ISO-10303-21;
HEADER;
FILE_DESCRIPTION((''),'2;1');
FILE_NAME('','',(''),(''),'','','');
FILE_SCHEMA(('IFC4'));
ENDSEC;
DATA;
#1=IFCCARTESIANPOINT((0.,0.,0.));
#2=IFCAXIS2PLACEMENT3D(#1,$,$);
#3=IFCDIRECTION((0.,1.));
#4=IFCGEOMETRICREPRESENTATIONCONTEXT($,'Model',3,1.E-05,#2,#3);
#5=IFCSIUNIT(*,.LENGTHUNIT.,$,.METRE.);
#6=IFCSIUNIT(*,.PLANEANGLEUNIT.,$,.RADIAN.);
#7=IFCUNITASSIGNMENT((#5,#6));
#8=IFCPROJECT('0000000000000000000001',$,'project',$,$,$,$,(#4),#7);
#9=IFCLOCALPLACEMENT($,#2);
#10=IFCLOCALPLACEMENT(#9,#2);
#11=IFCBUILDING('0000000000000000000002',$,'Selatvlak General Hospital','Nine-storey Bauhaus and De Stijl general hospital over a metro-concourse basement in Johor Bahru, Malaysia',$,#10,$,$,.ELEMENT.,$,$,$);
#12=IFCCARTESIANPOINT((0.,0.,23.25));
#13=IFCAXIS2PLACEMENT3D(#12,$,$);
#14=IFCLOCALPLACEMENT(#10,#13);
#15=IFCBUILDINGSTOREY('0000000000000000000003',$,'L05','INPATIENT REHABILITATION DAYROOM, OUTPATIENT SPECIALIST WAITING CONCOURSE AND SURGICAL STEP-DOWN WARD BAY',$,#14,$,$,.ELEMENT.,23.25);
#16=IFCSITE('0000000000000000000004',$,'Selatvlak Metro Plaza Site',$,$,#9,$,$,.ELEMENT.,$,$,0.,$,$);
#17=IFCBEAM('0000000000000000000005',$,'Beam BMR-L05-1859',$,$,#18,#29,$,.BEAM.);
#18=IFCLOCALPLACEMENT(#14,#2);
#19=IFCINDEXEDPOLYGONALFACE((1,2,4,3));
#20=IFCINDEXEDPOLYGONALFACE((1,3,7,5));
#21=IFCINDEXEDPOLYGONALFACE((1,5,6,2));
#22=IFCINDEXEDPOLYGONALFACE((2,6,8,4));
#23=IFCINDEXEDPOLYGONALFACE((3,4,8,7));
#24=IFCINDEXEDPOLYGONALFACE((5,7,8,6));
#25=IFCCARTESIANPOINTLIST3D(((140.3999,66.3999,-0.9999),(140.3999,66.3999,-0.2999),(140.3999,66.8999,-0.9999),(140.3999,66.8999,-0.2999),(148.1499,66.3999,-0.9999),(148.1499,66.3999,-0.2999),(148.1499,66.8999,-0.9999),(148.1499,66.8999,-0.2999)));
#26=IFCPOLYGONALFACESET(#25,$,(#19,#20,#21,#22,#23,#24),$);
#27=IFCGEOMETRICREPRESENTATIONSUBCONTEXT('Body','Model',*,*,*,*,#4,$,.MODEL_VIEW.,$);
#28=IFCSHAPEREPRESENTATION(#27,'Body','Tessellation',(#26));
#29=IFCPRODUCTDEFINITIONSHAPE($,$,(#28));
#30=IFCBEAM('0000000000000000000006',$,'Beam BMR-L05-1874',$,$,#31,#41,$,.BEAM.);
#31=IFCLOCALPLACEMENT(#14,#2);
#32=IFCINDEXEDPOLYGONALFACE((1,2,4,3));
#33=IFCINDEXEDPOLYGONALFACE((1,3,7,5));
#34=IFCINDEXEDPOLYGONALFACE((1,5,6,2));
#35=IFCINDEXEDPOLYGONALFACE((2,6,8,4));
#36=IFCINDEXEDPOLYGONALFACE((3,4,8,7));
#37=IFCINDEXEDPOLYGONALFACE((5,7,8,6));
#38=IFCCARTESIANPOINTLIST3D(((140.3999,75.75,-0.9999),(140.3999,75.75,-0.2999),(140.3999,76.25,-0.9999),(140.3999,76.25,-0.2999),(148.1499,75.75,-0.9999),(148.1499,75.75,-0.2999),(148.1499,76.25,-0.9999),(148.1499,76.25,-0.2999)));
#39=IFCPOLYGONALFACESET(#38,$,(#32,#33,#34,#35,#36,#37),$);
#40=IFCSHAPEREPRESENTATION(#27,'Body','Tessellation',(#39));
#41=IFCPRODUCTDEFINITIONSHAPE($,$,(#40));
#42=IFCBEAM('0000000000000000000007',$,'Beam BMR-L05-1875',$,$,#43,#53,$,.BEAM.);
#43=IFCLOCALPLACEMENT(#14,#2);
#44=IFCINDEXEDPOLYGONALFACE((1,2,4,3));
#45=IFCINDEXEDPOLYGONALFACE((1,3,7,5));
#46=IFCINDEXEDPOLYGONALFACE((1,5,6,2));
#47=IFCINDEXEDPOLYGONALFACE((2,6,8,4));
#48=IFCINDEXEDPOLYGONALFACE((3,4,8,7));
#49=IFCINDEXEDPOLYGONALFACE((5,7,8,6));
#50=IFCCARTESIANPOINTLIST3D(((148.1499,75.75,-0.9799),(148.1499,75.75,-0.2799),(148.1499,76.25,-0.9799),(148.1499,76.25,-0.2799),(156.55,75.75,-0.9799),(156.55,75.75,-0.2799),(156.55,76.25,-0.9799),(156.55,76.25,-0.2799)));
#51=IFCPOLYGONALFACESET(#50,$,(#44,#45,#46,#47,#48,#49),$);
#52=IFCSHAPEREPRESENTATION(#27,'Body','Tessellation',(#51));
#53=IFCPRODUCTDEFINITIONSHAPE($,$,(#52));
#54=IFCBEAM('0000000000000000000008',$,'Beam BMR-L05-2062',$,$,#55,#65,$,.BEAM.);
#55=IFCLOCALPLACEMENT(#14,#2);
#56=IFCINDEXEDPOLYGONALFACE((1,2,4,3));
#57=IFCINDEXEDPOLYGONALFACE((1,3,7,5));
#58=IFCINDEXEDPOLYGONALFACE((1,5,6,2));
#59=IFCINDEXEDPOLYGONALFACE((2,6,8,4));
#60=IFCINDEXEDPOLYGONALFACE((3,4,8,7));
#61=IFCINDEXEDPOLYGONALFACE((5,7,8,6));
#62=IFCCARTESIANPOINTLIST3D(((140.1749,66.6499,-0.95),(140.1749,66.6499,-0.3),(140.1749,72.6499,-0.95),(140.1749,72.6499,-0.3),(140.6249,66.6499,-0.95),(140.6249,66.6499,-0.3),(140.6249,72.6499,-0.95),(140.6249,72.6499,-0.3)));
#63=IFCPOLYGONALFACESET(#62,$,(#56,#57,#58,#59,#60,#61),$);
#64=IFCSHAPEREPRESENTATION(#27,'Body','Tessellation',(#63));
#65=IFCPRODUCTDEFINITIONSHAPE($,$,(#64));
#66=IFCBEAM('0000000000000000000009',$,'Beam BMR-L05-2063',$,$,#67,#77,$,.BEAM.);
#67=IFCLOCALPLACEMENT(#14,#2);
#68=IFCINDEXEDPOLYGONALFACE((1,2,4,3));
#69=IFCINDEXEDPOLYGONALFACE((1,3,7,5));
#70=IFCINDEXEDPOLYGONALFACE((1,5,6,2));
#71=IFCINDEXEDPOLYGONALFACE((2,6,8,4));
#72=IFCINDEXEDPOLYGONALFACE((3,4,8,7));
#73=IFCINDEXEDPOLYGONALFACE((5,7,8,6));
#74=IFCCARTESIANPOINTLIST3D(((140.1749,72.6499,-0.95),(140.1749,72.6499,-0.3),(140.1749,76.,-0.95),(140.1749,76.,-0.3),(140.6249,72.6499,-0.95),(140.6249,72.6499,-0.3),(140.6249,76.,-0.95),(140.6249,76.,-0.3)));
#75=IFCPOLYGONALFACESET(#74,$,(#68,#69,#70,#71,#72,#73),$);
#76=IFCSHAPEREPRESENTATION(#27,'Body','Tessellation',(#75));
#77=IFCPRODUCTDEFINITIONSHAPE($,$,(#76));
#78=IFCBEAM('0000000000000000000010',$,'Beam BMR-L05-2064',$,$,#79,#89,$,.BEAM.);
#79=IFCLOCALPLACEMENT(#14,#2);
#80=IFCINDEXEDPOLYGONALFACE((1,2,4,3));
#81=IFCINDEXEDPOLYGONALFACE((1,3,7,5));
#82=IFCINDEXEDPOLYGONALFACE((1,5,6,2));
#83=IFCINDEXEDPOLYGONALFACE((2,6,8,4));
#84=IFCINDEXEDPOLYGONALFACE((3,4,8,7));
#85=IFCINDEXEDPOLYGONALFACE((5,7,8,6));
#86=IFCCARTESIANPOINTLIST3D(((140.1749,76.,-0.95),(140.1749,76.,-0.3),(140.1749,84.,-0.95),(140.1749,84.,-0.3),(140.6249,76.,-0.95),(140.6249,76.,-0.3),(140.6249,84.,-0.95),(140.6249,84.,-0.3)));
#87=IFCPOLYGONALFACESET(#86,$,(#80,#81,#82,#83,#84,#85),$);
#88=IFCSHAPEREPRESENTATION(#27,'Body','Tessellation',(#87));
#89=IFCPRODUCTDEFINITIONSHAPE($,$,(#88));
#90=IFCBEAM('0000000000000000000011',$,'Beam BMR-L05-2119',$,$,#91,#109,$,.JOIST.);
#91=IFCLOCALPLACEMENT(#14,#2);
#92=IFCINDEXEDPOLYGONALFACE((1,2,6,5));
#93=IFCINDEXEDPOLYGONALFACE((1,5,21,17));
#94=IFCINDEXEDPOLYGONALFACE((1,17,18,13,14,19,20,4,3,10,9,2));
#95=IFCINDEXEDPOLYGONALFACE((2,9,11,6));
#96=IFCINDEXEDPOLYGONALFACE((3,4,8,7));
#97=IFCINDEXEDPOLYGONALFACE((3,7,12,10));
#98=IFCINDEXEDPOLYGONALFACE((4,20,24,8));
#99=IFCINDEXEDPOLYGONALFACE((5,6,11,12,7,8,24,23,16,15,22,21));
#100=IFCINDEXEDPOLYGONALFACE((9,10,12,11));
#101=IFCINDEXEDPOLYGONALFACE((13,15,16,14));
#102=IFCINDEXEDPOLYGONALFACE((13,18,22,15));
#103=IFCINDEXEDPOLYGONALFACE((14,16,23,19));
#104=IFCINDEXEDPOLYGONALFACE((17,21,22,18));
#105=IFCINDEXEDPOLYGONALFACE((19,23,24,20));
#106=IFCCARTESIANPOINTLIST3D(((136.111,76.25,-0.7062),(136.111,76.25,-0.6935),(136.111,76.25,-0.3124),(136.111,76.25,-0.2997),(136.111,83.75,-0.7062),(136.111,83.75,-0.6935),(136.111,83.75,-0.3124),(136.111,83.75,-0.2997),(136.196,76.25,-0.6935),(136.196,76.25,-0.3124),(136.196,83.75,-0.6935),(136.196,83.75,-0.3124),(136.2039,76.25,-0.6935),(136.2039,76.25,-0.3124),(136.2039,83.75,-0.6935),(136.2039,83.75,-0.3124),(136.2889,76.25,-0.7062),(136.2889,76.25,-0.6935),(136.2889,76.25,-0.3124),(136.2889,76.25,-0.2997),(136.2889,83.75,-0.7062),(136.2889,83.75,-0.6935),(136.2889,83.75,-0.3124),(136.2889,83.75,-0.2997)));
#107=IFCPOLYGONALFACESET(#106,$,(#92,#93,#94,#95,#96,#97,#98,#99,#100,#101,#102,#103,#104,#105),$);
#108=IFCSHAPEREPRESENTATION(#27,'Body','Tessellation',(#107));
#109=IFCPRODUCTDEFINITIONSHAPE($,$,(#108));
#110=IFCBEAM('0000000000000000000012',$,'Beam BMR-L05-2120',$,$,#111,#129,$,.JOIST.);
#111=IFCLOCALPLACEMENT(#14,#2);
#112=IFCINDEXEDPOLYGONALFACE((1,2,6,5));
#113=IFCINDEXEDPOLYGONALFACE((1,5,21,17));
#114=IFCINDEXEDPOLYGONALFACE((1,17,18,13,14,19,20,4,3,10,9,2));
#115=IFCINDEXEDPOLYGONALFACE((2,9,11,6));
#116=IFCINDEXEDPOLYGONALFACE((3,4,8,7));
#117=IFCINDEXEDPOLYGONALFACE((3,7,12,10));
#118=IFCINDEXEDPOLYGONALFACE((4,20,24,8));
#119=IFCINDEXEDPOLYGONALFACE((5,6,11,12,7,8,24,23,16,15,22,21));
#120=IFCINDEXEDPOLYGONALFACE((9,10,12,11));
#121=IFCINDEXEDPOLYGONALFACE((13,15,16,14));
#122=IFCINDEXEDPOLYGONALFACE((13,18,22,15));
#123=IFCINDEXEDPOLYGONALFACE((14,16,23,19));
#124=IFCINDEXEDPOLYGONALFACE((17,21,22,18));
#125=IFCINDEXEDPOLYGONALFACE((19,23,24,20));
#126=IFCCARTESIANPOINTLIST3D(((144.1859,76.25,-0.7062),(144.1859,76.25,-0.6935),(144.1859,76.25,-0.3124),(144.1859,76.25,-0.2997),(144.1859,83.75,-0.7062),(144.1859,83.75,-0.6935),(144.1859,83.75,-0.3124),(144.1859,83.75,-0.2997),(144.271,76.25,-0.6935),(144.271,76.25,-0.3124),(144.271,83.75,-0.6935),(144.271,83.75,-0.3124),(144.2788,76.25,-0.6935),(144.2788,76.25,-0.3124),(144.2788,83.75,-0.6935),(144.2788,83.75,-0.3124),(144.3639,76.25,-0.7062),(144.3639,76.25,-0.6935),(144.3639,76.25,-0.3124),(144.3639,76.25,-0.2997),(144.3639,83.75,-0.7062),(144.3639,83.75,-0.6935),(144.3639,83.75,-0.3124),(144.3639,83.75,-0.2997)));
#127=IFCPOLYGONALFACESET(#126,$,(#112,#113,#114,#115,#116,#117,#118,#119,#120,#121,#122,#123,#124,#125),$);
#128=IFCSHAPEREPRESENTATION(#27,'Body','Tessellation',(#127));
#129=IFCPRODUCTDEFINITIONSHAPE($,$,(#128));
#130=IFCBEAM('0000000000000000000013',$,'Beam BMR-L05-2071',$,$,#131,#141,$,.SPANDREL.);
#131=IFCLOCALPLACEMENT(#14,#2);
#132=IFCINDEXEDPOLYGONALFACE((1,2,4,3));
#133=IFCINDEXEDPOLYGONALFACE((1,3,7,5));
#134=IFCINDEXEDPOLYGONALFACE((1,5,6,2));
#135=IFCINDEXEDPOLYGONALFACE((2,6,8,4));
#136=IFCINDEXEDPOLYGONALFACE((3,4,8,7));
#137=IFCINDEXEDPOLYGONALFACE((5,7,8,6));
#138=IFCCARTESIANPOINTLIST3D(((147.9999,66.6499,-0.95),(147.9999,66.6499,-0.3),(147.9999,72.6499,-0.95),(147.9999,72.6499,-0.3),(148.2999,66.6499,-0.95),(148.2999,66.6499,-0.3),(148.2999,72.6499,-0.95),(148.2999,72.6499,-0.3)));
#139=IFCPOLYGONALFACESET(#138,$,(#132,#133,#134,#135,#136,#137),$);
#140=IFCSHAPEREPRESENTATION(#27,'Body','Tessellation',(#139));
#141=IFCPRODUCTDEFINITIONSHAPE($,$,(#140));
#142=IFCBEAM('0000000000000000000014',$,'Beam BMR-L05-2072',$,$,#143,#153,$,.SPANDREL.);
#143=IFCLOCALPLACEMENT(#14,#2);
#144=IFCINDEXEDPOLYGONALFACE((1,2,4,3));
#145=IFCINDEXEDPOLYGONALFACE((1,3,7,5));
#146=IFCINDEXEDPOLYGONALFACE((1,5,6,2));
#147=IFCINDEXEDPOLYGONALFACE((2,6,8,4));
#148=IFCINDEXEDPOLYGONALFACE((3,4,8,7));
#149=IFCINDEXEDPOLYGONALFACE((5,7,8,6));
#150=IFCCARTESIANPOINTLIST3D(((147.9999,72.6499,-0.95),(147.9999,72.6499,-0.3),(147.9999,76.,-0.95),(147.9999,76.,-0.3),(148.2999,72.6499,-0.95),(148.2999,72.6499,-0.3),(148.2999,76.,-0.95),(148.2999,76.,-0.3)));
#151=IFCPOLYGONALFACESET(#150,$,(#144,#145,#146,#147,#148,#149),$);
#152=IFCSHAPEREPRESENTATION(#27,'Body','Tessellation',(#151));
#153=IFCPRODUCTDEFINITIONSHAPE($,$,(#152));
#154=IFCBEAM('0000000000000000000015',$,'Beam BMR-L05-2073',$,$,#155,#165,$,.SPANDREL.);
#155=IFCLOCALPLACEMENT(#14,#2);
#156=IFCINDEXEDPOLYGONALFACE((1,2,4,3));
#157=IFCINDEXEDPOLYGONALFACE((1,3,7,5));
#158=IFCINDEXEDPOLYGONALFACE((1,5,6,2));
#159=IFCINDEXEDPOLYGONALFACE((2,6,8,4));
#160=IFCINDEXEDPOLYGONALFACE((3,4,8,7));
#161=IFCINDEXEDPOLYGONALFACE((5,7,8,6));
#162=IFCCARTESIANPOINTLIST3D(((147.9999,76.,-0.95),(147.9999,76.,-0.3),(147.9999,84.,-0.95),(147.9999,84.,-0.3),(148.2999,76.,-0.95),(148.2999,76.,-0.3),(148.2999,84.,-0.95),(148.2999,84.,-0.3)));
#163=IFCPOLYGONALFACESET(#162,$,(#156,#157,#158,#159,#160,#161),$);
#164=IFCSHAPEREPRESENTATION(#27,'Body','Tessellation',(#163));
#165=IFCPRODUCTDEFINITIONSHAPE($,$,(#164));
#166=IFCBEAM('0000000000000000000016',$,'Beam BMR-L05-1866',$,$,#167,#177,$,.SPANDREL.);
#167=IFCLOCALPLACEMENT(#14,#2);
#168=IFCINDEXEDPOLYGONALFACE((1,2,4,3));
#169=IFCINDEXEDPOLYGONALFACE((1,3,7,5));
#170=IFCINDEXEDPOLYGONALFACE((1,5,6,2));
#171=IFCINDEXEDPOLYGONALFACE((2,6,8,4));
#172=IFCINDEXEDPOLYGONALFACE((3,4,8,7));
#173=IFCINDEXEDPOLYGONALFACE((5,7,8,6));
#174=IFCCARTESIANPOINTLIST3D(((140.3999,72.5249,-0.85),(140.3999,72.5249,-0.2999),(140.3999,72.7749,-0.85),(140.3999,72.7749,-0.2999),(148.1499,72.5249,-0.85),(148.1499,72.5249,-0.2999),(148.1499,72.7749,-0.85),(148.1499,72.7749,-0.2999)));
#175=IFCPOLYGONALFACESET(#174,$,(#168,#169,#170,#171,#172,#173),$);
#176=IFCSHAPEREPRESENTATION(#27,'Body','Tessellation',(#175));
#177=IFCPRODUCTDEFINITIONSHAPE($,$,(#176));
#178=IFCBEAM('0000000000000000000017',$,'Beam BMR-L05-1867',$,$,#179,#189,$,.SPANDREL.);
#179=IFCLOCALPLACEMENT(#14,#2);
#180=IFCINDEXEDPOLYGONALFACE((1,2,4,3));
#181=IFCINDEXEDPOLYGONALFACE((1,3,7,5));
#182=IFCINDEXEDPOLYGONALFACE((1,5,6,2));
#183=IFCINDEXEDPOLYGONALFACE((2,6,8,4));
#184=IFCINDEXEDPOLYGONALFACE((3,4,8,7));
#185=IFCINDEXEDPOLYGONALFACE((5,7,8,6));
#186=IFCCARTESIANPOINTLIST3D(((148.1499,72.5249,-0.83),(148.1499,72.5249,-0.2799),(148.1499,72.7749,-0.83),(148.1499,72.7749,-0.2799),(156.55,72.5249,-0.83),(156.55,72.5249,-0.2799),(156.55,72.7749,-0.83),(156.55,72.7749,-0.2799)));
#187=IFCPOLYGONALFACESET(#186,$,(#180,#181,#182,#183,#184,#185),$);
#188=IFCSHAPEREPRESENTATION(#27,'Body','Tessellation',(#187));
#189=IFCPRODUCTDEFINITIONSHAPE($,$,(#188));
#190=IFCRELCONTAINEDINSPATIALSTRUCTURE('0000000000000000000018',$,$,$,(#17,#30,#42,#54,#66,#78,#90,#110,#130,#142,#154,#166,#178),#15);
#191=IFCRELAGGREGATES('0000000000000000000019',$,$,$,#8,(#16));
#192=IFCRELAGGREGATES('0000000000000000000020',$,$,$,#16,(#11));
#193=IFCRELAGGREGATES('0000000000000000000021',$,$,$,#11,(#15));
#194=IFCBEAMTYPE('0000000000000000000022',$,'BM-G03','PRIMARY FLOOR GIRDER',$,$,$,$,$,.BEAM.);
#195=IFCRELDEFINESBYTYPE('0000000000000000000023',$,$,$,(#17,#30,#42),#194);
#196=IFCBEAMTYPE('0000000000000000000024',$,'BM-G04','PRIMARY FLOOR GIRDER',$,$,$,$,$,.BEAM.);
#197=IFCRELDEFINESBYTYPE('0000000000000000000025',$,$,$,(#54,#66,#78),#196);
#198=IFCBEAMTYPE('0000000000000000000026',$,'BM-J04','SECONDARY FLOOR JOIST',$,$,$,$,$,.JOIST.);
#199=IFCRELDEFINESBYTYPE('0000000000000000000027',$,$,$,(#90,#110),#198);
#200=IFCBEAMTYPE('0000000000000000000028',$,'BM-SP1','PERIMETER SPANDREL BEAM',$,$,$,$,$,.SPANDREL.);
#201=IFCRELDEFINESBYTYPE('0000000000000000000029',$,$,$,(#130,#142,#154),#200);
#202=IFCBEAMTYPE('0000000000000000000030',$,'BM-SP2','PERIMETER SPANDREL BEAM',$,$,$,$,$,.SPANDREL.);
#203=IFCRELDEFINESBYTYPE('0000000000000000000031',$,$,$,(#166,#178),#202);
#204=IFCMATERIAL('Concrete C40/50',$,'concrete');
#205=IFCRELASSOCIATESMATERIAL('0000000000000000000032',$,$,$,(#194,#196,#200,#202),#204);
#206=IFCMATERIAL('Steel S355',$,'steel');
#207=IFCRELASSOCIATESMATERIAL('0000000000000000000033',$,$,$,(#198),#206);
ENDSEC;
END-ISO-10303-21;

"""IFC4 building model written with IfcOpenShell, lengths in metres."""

from ifc_helpers import new_model, si_unit, direction, frame, origin, origin_2d, place, context, subcontext, project, spatial, rectangle, i_section, extrude, material, material_profile, profile_set, type_object, element, save


model = new_model("IFC4")

# Units and contexts
model_context = context("Model", 3, precision=1e-05, world=origin(), true_north=direction((0.0, 1.0)))
body_context = subcontext(model_context, "Body", "Model", "MODEL_VIEW")
ifc_project = project(units=[si_unit("LENGTHUNIT", "METRE"), si_unit("PLANEANGLEUNIT", "RADIAN")], contexts=[model_context])

# Site, building, storey
site_placement = place(None, origin())
site = spatial("IfcSite", under=ifc_project, at=site_placement, Name="Selatvlak Metro Plaza Site", CompositionType="ELEMENT", RefElevation=0.0)
building_placement = place(site_placement, origin())
building = spatial("IfcBuilding", under=site, at=building_placement, Name="Selatvlak General Hospital", Description="Nine-storey Bauhaus and De Stijl general hospital over a metro-concourse basement in Johor Bahru, Malaysia", CompositionType="ELEMENT")
storey_placement = place(building_placement, frame((0.0, 0.0, 23.25)))
storey = spatial("IfcBuildingStorey", under=building, at=storey_placement, Name="L05", Description="INPATIENT REHABILITATION DAYROOM, OUTPATIENT SPECIALIST WAITING CONCOURSE AND SURGICAL STEP-DOWN WARD BAY", CompositionType="ELEMENT", Elevation=23.25)

# Beams
ifc_material_1 = material(Name="Concrete C40/50", Category="concrete")
ifc_material_profile_1 = material_profile(ifc_material_1, rectangle(XDim=0.5, YDim=0.7, at=origin_2d()), Name="RC-BM 500x700")
ifc_profile_set_1 = profile_set([ifc_material_profile_1], Name="Concrete C40/50")
beam_type_1 = type_object("IfcBeamType", Name="BM-G03", Description="PRIMARY FLOOR GIRDER", PredefinedType="BEAM", material=ifc_profile_set_1)
for number, where, z_axis, x_axis, name in (
    (1, (140.3999, 66.6499, -0.6499), (1.0, 0.0, 0.0), (0.0, 1.0, 0.0), "Beam BMR-L05-1859"),
    (2, (140.3999, 76.0, -0.6499), (1.0, 0.0, 0.0), (0.0, 1.0, 0.0), "Beam BMR-L05-1874"),
):
    element("IfcBeam", number, at=place(storey_placement, frame(where, z_axis=z_axis, x_axis=x_axis)), inside=storey, type_object=beam_type_1, Name=name, PredefinedType="BEAM", context=body_context, shape_type="SweptSolid", body=[
        extrude(rectangle(XDim=0.5, YDim=0.7, at=origin_2d()), origin(), (0.0, 0.0, 1.0), 7.75),
    ])
beam_1_placement = place(storey_placement, frame((148.1499, 76.0, -0.6299), z_axis=(1.0, 0.0, 0.0), x_axis=(0.0, 1.0, 0.0)))
element("IfcBeam", 3, at=beam_1_placement, inside=storey, type_object=beam_type_1, Name="Beam BMR-L05-1875", PredefinedType="BEAM", context=body_context, shape_type="SweptSolid", body=[
    extrude(rectangle(XDim=0.5, YDim=0.7, at=origin_2d()), origin(), (0.0, 0.0, 1.0), 8.4001),
])
ifc_material_profile_2 = material_profile(ifc_material_1, rectangle(XDim=0.45, YDim=0.6499, at=origin_2d()), Name="RC-BM 450x650")
ifc_profile_set_2 = profile_set([ifc_material_profile_2], Name="Concrete C40/50")
beam_type_2 = type_object("IfcBeamType", Name="BM-G04", Description="PRIMARY FLOOR GIRDER", PredefinedType="BEAM", material=ifc_profile_set_2)
beam_2_placement = place(storey_placement, frame((140.3999, 66.6499, -0.625), z_axis=(0.0, 1.0, 0.0), x_axis=(-1.0, 0.0, 0.0)))
element("IfcBeam", 4, at=beam_2_placement, inside=storey, type_object=beam_type_2, Name="Beam BMR-L05-2062", PredefinedType="BEAM", context=body_context, shape_type="SweptSolid", body=[
    extrude(rectangle(XDim=0.45, YDim=0.6499, at=origin_2d()), origin(), (0.0, 0.0, 1.0), 6.0),
])
beam_3_placement = place(storey_placement, frame((140.3999, 72.6499, -0.625), z_axis=(0.0, 1.0, 0.0), x_axis=(-1.0, 0.0, 0.0)))
element("IfcBeam", 5, at=beam_3_placement, inside=storey, type_object=beam_type_2, Name="Beam BMR-L05-2063", PredefinedType="BEAM", context=body_context, shape_type="SweptSolid", body=[
    extrude(rectangle(XDim=0.45, YDim=0.6499, at=origin_2d()), origin(), (0.0, 0.0, 1.0), 3.3501),
])
beam_4_placement = place(storey_placement, frame((140.3999, 76.0, -0.625), z_axis=(0.0, 1.0, 0.0), x_axis=(-1.0, 0.0, 0.0)))
element("IfcBeam", 6, at=beam_4_placement, inside=storey, type_object=beam_type_2, Name="Beam BMR-L05-2064", PredefinedType="BEAM", context=body_context, shape_type="SweptSolid", body=[
    extrude(rectangle(XDim=0.45, YDim=0.6499, at=origin_2d()), origin(), (0.0, 0.0, 1.0), 8.0),
])
ifc_material_2 = material(Name="Steel S355", Category="steel")
ifc_material_profile_3 = material_profile(ifc_material_2, i_section(OverallWidth=0.178, OverallDepth=0.4065, WebThickness=0.0078, FlangeThickness=0.0127, at=origin_2d()), Name="UB 406x178x60")
ifc_profile_set_3 = profile_set([ifc_material_profile_3], Name="Steel S355")
beam_type_3 = type_object("IfcBeamType", Name="BM-J04", Description="SECONDARY FLOOR JOIST", PredefinedType="JOIST", material=ifc_profile_set_3)
for number, where, z_axis, x_axis, name in (
    (7, (136.2, 76.25, -0.5029), (0.0, 1.0, 0.0), (-1.0, 0.0, 0.0), "Beam BMR-L05-2119"),
    (8, (144.2749, 76.25, -0.5029), (0.0, 1.0, 0.0), (-1.0, 0.0, 0.0), "Beam BMR-L05-2120"),
):
    element("IfcBeam", number, at=place(storey_placement, frame(where, z_axis=z_axis, x_axis=x_axis)), inside=storey, type_object=beam_type_3, Name=name, PredefinedType="JOIST", context=body_context, shape_type="SweptSolid", body=[
        extrude(i_section(OverallWidth=0.178, OverallDepth=0.4065, WebThickness=0.0078, FlangeThickness=0.0127, at=origin_2d()), origin(), (0.0, 0.0, 1.0), 7.5),
    ])
ifc_material_profile_4 = material_profile(ifc_material_1, rectangle(XDim=0.3, YDim=0.6499, at=origin_2d()), Name="RC-SP 300x650")
ifc_profile_set_4 = profile_set([ifc_material_profile_4], Name="Concrete C40/50")
beam_type_4 = type_object("IfcBeamType", Name="BM-SP1", Description="PERIMETER SPANDREL BEAM", PredefinedType="SPANDREL", material=ifc_profile_set_4)
beam_5_placement = place(storey_placement, frame((148.1499, 66.6499, -0.625), z_axis=(0.0, 1.0, 0.0), x_axis=(-1.0, 0.0, 0.0)))
element("IfcBeam", 9, at=beam_5_placement, inside=storey, type_object=beam_type_4, Name="Beam BMR-L05-2071", PredefinedType="SPANDREL", context=body_context, shape_type="SweptSolid", body=[
    extrude(rectangle(XDim=0.3, YDim=0.6499, at=origin_2d()), origin(), (0.0, 0.0, 1.0), 6.0),
])
beam_6_placement = place(storey_placement, frame((148.1499, 72.6499, -0.625), z_axis=(0.0, 1.0, 0.0), x_axis=(-1.0, 0.0, 0.0)))
element("IfcBeam", 10, at=beam_6_placement, inside=storey, type_object=beam_type_4, Name="Beam BMR-L05-2072", PredefinedType="SPANDREL", context=body_context, shape_type="SweptSolid", body=[
    extrude(rectangle(XDim=0.3, YDim=0.6499, at=origin_2d()), origin(), (0.0, 0.0, 1.0), 3.3501),
])
beam_7_placement = place(storey_placement, frame((148.1499, 76.0, -0.625), z_axis=(0.0, 1.0, 0.0), x_axis=(-1.0, 0.0, 0.0)))
element("IfcBeam", 11, at=beam_7_placement, inside=storey, type_object=beam_type_4, Name="Beam BMR-L05-2073", PredefinedType="SPANDREL", context=body_context, shape_type="SweptSolid", body=[
    extrude(rectangle(XDim=0.3, YDim=0.6499, at=origin_2d()), origin(), (0.0, 0.0, 1.0), 8.0),
])
ifc_material_profile_5 = material_profile(ifc_material_1, rectangle(XDim=0.25, YDim=0.55, at=origin_2d()), Name="RC-SP 250x550")
ifc_profile_set_5 = profile_set([ifc_material_profile_5], Name="Concrete C40/50")
beam_type_5 = type_object("IfcBeamType", Name="BM-SP2", Description="PERIMETER SPANDREL BEAM", PredefinedType="SPANDREL", material=ifc_profile_set_5)
beam_8_placement = place(storey_placement, frame((140.3999, 72.6499, -0.575), z_axis=(1.0, 0.0, 0.0), x_axis=(0.0, 1.0, 0.0)))
element("IfcBeam", 12, at=beam_8_placement, inside=storey, type_object=beam_type_5, Name="Beam BMR-L05-1866", PredefinedType="SPANDREL", context=body_context, shape_type="SweptSolid", body=[
    extrude(rectangle(XDim=0.25, YDim=0.55, at=origin_2d()), origin(), (0.0, 0.0, 1.0), 7.75),
])
beam_9_placement = place(storey_placement, frame((148.1499, 72.6499, -0.5549), z_axis=(1.0, 0.0, 0.0), x_axis=(0.0, 1.0, 0.0)))
element("IfcBeam", 13, at=beam_9_placement, inside=storey, type_object=beam_type_5, Name="Beam BMR-L05-1867", PredefinedType="SPANDREL", context=body_context, shape_type="SweptSolid", body=[
    extrude(rectangle(XDim=0.25, YDim=0.55, at=origin_2d()), origin(), (0.0, 0.0, 1.0), 8.4001),
])

save(model, "model.ifc")
